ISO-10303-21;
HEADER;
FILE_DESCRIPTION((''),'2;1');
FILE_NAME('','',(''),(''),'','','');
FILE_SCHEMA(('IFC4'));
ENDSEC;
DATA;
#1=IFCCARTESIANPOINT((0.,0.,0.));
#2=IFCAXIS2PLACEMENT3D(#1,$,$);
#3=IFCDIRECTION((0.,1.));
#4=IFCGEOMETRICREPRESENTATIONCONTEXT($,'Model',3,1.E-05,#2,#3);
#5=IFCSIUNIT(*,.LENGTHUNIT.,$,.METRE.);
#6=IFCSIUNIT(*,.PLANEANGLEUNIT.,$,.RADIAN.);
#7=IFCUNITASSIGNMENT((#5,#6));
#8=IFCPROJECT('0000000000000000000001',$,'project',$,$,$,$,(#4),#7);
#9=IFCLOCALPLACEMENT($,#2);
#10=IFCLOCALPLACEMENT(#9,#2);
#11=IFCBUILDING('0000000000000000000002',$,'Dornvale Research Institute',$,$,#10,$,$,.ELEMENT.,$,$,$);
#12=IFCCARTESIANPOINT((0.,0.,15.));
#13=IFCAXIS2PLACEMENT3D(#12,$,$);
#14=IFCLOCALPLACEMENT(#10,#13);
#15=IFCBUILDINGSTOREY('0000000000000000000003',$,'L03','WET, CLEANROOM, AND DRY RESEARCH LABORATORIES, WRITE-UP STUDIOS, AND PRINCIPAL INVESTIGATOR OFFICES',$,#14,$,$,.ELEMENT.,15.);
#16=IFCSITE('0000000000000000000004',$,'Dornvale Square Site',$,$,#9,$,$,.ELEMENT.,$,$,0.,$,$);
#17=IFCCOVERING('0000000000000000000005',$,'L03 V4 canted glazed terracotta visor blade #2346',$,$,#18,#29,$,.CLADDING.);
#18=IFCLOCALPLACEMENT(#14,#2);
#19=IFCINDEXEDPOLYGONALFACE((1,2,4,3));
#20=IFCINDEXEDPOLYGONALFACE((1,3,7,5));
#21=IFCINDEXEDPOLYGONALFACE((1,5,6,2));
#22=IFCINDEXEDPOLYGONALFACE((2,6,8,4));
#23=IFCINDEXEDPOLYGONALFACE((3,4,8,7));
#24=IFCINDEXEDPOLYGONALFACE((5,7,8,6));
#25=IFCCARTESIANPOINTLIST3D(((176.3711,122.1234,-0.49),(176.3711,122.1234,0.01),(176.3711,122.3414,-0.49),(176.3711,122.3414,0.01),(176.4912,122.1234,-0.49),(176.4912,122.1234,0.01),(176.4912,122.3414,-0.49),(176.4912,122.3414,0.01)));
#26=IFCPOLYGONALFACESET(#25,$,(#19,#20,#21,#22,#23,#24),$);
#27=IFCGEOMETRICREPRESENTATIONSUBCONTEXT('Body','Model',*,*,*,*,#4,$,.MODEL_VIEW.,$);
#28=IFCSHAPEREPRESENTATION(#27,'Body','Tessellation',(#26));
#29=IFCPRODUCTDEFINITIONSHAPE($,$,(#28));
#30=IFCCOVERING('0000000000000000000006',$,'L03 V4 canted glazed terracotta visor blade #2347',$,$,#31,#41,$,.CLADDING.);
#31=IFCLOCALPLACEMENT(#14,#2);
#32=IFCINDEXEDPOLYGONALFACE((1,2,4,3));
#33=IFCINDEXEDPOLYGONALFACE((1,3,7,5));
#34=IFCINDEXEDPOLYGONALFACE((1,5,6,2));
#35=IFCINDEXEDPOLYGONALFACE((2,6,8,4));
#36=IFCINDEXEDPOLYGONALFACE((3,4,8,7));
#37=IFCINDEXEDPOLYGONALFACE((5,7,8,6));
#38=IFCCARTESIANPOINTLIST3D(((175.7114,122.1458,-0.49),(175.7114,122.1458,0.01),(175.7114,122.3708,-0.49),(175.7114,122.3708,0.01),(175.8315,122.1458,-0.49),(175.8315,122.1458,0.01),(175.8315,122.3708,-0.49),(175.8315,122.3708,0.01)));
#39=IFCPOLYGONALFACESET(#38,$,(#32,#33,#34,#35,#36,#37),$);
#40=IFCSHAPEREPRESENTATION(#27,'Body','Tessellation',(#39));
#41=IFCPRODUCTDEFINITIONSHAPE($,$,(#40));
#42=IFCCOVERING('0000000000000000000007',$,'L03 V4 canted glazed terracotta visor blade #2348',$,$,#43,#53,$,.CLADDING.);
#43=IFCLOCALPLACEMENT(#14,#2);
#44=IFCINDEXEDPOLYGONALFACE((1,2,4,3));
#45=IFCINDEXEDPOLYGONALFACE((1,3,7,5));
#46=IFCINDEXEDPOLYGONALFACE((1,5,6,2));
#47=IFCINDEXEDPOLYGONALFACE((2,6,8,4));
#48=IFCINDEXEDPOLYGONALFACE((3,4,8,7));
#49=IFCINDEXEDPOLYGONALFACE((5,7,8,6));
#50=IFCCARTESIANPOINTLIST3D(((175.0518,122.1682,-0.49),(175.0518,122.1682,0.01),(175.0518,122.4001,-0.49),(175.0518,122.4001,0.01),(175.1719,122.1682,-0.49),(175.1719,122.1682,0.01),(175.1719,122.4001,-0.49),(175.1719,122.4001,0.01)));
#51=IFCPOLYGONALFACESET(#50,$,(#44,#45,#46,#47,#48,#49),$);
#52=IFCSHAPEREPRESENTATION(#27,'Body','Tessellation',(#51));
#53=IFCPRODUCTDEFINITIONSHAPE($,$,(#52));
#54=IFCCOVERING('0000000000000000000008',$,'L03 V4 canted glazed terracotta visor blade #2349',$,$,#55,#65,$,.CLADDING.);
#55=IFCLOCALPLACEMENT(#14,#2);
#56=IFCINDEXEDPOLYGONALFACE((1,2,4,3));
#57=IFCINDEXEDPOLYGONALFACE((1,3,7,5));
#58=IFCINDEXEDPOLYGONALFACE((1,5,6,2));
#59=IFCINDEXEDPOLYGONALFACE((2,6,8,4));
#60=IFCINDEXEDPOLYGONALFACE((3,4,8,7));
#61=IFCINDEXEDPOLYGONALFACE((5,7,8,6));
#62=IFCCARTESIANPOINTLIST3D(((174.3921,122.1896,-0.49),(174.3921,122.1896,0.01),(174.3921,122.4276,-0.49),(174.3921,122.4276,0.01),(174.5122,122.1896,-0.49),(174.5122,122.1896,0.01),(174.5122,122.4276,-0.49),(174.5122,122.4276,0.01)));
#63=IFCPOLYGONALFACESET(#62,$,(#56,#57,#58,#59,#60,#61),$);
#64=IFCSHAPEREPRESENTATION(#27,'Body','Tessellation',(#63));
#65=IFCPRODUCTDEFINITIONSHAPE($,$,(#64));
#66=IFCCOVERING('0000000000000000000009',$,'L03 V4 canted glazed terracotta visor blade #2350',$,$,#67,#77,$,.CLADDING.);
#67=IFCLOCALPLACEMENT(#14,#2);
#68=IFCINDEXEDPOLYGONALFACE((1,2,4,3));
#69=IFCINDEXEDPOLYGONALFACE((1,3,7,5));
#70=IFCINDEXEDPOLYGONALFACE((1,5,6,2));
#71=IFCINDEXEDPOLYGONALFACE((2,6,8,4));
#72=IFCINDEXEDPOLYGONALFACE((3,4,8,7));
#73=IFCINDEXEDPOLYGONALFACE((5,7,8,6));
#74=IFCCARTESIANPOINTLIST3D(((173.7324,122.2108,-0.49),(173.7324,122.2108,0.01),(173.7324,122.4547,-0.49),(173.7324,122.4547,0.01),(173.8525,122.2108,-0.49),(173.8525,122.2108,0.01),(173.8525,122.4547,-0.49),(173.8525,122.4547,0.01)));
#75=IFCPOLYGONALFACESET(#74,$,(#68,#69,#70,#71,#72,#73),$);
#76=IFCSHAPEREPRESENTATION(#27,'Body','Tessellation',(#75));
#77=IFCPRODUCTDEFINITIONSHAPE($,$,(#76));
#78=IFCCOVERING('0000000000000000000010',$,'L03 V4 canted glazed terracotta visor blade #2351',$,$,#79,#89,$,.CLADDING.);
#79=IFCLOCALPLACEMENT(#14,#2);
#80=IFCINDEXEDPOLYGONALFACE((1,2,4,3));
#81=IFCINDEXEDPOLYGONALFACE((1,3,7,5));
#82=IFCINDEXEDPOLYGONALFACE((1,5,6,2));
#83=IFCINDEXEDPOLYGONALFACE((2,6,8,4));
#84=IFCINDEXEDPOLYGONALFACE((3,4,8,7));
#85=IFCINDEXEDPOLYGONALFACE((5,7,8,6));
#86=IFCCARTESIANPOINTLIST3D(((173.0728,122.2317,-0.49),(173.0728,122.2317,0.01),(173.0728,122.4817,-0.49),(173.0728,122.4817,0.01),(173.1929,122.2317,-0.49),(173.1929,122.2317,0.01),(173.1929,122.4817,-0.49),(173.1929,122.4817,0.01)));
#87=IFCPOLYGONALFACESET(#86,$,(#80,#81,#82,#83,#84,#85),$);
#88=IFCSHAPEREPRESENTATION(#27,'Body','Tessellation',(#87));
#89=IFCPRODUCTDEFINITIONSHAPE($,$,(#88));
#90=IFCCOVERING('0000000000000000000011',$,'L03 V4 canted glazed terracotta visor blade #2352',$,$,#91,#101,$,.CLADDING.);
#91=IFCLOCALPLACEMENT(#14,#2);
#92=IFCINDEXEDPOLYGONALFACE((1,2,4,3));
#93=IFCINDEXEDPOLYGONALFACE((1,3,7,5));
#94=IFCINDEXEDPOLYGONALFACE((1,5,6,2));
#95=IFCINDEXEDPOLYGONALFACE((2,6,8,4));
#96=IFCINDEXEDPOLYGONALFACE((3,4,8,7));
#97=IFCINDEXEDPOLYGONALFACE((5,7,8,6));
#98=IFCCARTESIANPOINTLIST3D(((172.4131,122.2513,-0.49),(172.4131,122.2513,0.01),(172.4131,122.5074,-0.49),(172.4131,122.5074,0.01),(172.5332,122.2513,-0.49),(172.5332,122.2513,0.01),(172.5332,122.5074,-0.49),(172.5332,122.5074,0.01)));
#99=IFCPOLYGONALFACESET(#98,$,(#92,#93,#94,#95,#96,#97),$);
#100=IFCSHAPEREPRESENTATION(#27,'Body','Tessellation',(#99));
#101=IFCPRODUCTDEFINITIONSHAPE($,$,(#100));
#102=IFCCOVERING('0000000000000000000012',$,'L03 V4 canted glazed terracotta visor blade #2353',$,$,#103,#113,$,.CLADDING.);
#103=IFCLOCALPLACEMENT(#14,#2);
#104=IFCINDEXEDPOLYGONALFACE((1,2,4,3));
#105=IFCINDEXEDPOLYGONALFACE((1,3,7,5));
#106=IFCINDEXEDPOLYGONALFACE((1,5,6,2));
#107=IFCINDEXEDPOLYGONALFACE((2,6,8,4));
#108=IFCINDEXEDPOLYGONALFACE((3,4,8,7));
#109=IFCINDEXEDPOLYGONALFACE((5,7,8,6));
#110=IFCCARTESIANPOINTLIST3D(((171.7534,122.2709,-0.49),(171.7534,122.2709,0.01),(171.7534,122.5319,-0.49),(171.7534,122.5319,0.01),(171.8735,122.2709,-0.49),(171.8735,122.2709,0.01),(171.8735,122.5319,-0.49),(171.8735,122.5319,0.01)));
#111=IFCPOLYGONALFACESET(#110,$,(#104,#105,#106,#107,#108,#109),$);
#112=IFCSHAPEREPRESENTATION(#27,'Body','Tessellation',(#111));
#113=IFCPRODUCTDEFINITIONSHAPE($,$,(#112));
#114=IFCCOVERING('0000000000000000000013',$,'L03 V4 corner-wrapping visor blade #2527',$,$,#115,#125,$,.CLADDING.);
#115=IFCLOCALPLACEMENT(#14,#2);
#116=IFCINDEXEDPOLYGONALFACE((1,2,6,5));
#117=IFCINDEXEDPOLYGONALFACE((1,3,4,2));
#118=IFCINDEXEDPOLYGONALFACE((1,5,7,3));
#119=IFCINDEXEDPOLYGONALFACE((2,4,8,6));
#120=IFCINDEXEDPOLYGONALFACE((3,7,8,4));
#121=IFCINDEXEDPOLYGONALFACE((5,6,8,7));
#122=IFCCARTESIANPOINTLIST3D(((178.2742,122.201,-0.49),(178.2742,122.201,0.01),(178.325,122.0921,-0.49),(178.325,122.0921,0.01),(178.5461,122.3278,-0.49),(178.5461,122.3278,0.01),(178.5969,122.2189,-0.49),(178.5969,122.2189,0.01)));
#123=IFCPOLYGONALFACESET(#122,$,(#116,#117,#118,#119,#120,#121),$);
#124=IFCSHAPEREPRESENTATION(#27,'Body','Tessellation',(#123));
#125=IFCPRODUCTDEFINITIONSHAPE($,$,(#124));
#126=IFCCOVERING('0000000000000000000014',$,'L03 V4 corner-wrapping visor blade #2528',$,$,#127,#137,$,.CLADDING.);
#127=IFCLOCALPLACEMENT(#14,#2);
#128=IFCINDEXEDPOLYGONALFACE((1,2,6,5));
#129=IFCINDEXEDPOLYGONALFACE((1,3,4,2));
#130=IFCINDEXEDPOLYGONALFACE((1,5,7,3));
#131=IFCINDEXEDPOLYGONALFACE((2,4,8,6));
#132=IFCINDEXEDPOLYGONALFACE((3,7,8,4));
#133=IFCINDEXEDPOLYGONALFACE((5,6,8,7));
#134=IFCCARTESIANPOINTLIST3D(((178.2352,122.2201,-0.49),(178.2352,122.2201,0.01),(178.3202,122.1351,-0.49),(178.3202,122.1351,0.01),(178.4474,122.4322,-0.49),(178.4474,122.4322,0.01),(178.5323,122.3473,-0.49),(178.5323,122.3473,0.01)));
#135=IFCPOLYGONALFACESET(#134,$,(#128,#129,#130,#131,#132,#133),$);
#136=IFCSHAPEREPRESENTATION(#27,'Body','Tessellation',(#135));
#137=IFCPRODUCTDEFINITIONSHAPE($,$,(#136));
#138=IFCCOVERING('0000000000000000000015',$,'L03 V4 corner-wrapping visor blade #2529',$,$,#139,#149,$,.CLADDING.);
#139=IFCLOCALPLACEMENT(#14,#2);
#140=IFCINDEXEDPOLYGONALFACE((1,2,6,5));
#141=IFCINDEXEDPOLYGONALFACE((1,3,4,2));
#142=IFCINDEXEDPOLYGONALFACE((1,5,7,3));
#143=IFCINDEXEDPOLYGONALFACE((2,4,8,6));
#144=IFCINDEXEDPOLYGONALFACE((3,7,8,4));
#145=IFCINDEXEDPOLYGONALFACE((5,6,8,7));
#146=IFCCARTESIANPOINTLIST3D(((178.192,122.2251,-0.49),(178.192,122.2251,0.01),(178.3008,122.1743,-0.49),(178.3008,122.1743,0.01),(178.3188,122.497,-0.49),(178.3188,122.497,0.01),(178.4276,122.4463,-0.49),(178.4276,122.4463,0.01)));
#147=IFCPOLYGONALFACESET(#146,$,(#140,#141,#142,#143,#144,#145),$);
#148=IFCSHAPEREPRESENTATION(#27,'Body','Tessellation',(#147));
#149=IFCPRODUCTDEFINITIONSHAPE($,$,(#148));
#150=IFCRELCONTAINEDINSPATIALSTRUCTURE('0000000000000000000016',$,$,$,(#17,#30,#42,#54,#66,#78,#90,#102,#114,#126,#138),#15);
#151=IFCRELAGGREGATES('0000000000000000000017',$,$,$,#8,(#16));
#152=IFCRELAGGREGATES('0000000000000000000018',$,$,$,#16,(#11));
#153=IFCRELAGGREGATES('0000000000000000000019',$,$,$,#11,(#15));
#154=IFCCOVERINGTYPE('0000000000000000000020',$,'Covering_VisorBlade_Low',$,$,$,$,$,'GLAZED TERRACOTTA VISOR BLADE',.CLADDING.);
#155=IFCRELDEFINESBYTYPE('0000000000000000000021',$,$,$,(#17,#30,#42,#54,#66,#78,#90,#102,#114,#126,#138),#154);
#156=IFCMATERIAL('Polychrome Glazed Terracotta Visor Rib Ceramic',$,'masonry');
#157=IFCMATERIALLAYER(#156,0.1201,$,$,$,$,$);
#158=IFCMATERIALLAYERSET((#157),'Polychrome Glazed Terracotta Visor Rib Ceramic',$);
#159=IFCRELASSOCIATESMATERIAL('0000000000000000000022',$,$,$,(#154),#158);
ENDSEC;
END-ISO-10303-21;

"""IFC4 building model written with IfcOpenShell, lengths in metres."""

from ifc_helpers import new_model, si_unit, direction, frame, origin, origin_2d, place, context, subcontext, project, spatial, rectangle, extrude, material, layer, layer_set, type_object, element, save


model = new_model("IFC4")

# Units and contexts
model_context = context("Model", 3, precision=1e-05, world=origin(), true_north=direction((0.0, 1.0)))
body_context = subcontext(model_context, "Body", "Model", "MODEL_VIEW")
ifc_project = project(units=[si_unit("LENGTHUNIT", "METRE"), si_unit("PLANEANGLEUNIT", "RADIAN")], contexts=[model_context])

# Site, building, storey
site_placement = place(None, origin())
site = spatial("IfcSite", under=ifc_project, at=site_placement, Name="Dornvale Square Site", CompositionType="ELEMENT", RefElevation=0.0)
building_placement = place(site_placement, origin())
building = spatial("IfcBuilding", under=site, at=building_placement, Name="Dornvale Research Institute", CompositionType="ELEMENT")
storey_placement = place(building_placement, frame((0.0, 0.0, 15.0)))
storey = spatial("IfcBuildingStorey", under=building, at=storey_placement, Name="L03", Description="WET, CLEANROOM, AND DRY RESEARCH LABORATORIES, WRITE-UP STUDIOS, AND PRINCIPAL INVESTIGATOR OFFICES", CompositionType="ELEMENT", Elevation=15.0)

# Coverings
ifc_material_1 = material(Name="Polychrome Glazed Terracotta Visor Rib Ceramic", Category="masonry")
ifc_layer_1 = layer(ifc_material_1, 0.1201)
ifc_layer_set_1 = layer_set([ifc_layer_1], Name="Polychrome Glazed Terracotta Visor Rib Ceramic")
covering_type = type_object("IfcCoveringType", Name="Covering_VisorBlade_Low", ElementType="GLAZED TERRACOTTA VISOR BLADE", PredefinedType="CLADDING", material=ifc_layer_set_1)
covering_1_placement = place(storey_placement, frame((176.4312, 122.2324, -0.49), z_axis=(0.0, 0.0, 1.0), x_axis=(0.0, 1.0, 0.0)))
element("IfcCovering", 1, at=covering_1_placement, inside=storey, type_object=covering_type, Name="L03 V4 canted glazed terracotta visor blade #2346", PredefinedType="CLADDING", context=body_context, shape_type="SweptSolid", body=[
    extrude(rectangle(XDim=0.218, YDim=0.1201, at=origin_2d()), origin(), (0.0, 0.0, 1.0), 0.5),
])
covering_2_placement = place(storey_placement, frame((175.7715, 122.2583, -0.49), z_axis=(0.0, 0.0, 1.0), x_axis=(0.0, 1.0, 0.0)))
element("IfcCovering", 2, at=covering_2_placement, inside=storey, type_object=covering_type, Name="L03 V4 canted glazed terracotta visor blade #2347", PredefinedType="CLADDING", context=body_context, shape_type="SweptSolid", body=[
    extrude(rectangle(XDim=0.2251, YDim=0.1201, at=origin_2d()), origin(), (0.0, 0.0, 1.0), 0.5),
])
covering_3_placement = place(storey_placement, frame((175.1118, 122.2842, -0.49), z_axis=(0.0, 0.0, 1.0), x_axis=(0.0, 1.0, 0.0)))
element("IfcCovering", 3, at=covering_3_placement, inside=storey, type_object=covering_type, Name="L03 V4 canted glazed terracotta visor blade #2348", PredefinedType="CLADDING", context=body_context, shape_type="SweptSolid", body=[
    extrude(rectangle(XDim=0.2319, YDim=0.1201, at=origin_2d()), origin(), (0.0, 0.0, 1.0), 0.5),
])
covering_4_placement = place(storey_placement, frame((174.4521, 122.3086, -0.49), z_axis=(0.0, 0.0, 1.0), x_axis=(0.0, 1.0, 0.0)))
element("IfcCovering", 4, at=covering_4_placement, inside=storey, type_object=covering_type, Name="L03 V4 canted glazed terracotta visor blade #2349", PredefinedType="CLADDING", context=body_context, shape_type="SweptSolid", body=[
    extrude(rectangle(XDim=0.238, YDim=0.1201, at=origin_2d()), origin(), (0.0, 0.0, 1.0), 0.5),
])
covering_5_placement = place(storey_placement, frame((173.7925, 122.3328, -0.49), z_axis=(0.0, 0.0, 1.0), x_axis=(0.0, 1.0, 0.0)))
element("IfcCovering", 5, at=covering_5_placement, inside=storey, type_object=covering_type, Name="L03 V4 canted glazed terracotta visor blade #2350", PredefinedType="CLADDING", context=body_context, shape_type="SweptSolid", body=[
    extrude(rectangle(XDim=0.2439, YDim=0.1201, at=origin_2d()), origin(), (0.0, 0.0, 1.0), 0.5),
])
covering_6_placement = place(storey_placement, frame((173.1328, 122.3567, -0.49), z_axis=(0.0, 0.0, 1.0), x_axis=(0.0, 1.0, 0.0)))
element("IfcCovering", 6, at=covering_6_placement, inside=storey, type_object=covering_type, Name="L03 V4 canted glazed terracotta visor blade #2351", PredefinedType="CLADDING", context=body_context, shape_type="SweptSolid", body=[
    extrude(rectangle(XDim=0.25, YDim=0.1201, at=origin_2d()), origin(), (0.0, 0.0, 1.0), 0.5),
])
covering_7_placement = place(storey_placement, frame((172.4731, 122.3794, -0.49), z_axis=(0.0, 0.0, 1.0), x_axis=(0.0, 1.0, 0.0)))
element("IfcCovering", 7, at=covering_7_placement, inside=storey, type_object=covering_type, Name="L03 V4 canted glazed terracotta visor blade #2352", PredefinedType="CLADDING", context=body_context, shape_type="SweptSolid", body=[
    extrude(rectangle(XDim=0.2561, YDim=0.1201, at=origin_2d()), origin(), (0.0, 0.0, 1.0), 0.5),
])
covering_8_placement = place(storey_placement, frame((171.8135, 122.4014, -0.49), z_axis=(0.0, 0.0, 1.0), x_axis=(0.0, 1.0, 0.0)))
element("IfcCovering", 8, at=covering_8_placement, inside=storey, type_object=covering_type, Name="L03 V4 canted glazed terracotta visor blade #2353", PredefinedType="CLADDING", context=body_context, shape_type="SweptSolid", body=[
    extrude(rectangle(XDim=0.261, YDim=0.1201, at=origin_2d()), origin(), (0.0, 0.0, 1.0), 0.5),
])
for number, where, z_axis, x_axis, name in (
    (9, (178.4355, 122.21, -0.49), (0.0, 0.0, 1.0), (0.906308, 0.422618, 0.0), "L03 V4 corner-wrapping visor blade #2527"),
    (10, (178.3838, 122.2837, -0.49), (0.0, 0.0, 1.0), (0.707107, 0.707107, 0.0), "L03 V4 corner-wrapping visor blade #2528"),
    (11, (178.3098, 122.3357, -0.49), (0.0, 0.0, 1.0), (0.422618, 0.906308, 0.0), "L03 V4 corner-wrapping visor blade #2529"),
):
    element("IfcCovering", number, at=place(storey_placement, frame(where, z_axis=z_axis, x_axis=x_axis)), inside=storey, type_object=covering_type, Name=name, PredefinedType="CLADDING", context=body_context, shape_type="SweptSolid", body=[
        extrude(rectangle(XDim=0.3, YDim=0.1201, at=origin_2d()), origin(), (0.0, 0.0, 1.0), 0.5),
    ])

save(model, "model.ifc")
